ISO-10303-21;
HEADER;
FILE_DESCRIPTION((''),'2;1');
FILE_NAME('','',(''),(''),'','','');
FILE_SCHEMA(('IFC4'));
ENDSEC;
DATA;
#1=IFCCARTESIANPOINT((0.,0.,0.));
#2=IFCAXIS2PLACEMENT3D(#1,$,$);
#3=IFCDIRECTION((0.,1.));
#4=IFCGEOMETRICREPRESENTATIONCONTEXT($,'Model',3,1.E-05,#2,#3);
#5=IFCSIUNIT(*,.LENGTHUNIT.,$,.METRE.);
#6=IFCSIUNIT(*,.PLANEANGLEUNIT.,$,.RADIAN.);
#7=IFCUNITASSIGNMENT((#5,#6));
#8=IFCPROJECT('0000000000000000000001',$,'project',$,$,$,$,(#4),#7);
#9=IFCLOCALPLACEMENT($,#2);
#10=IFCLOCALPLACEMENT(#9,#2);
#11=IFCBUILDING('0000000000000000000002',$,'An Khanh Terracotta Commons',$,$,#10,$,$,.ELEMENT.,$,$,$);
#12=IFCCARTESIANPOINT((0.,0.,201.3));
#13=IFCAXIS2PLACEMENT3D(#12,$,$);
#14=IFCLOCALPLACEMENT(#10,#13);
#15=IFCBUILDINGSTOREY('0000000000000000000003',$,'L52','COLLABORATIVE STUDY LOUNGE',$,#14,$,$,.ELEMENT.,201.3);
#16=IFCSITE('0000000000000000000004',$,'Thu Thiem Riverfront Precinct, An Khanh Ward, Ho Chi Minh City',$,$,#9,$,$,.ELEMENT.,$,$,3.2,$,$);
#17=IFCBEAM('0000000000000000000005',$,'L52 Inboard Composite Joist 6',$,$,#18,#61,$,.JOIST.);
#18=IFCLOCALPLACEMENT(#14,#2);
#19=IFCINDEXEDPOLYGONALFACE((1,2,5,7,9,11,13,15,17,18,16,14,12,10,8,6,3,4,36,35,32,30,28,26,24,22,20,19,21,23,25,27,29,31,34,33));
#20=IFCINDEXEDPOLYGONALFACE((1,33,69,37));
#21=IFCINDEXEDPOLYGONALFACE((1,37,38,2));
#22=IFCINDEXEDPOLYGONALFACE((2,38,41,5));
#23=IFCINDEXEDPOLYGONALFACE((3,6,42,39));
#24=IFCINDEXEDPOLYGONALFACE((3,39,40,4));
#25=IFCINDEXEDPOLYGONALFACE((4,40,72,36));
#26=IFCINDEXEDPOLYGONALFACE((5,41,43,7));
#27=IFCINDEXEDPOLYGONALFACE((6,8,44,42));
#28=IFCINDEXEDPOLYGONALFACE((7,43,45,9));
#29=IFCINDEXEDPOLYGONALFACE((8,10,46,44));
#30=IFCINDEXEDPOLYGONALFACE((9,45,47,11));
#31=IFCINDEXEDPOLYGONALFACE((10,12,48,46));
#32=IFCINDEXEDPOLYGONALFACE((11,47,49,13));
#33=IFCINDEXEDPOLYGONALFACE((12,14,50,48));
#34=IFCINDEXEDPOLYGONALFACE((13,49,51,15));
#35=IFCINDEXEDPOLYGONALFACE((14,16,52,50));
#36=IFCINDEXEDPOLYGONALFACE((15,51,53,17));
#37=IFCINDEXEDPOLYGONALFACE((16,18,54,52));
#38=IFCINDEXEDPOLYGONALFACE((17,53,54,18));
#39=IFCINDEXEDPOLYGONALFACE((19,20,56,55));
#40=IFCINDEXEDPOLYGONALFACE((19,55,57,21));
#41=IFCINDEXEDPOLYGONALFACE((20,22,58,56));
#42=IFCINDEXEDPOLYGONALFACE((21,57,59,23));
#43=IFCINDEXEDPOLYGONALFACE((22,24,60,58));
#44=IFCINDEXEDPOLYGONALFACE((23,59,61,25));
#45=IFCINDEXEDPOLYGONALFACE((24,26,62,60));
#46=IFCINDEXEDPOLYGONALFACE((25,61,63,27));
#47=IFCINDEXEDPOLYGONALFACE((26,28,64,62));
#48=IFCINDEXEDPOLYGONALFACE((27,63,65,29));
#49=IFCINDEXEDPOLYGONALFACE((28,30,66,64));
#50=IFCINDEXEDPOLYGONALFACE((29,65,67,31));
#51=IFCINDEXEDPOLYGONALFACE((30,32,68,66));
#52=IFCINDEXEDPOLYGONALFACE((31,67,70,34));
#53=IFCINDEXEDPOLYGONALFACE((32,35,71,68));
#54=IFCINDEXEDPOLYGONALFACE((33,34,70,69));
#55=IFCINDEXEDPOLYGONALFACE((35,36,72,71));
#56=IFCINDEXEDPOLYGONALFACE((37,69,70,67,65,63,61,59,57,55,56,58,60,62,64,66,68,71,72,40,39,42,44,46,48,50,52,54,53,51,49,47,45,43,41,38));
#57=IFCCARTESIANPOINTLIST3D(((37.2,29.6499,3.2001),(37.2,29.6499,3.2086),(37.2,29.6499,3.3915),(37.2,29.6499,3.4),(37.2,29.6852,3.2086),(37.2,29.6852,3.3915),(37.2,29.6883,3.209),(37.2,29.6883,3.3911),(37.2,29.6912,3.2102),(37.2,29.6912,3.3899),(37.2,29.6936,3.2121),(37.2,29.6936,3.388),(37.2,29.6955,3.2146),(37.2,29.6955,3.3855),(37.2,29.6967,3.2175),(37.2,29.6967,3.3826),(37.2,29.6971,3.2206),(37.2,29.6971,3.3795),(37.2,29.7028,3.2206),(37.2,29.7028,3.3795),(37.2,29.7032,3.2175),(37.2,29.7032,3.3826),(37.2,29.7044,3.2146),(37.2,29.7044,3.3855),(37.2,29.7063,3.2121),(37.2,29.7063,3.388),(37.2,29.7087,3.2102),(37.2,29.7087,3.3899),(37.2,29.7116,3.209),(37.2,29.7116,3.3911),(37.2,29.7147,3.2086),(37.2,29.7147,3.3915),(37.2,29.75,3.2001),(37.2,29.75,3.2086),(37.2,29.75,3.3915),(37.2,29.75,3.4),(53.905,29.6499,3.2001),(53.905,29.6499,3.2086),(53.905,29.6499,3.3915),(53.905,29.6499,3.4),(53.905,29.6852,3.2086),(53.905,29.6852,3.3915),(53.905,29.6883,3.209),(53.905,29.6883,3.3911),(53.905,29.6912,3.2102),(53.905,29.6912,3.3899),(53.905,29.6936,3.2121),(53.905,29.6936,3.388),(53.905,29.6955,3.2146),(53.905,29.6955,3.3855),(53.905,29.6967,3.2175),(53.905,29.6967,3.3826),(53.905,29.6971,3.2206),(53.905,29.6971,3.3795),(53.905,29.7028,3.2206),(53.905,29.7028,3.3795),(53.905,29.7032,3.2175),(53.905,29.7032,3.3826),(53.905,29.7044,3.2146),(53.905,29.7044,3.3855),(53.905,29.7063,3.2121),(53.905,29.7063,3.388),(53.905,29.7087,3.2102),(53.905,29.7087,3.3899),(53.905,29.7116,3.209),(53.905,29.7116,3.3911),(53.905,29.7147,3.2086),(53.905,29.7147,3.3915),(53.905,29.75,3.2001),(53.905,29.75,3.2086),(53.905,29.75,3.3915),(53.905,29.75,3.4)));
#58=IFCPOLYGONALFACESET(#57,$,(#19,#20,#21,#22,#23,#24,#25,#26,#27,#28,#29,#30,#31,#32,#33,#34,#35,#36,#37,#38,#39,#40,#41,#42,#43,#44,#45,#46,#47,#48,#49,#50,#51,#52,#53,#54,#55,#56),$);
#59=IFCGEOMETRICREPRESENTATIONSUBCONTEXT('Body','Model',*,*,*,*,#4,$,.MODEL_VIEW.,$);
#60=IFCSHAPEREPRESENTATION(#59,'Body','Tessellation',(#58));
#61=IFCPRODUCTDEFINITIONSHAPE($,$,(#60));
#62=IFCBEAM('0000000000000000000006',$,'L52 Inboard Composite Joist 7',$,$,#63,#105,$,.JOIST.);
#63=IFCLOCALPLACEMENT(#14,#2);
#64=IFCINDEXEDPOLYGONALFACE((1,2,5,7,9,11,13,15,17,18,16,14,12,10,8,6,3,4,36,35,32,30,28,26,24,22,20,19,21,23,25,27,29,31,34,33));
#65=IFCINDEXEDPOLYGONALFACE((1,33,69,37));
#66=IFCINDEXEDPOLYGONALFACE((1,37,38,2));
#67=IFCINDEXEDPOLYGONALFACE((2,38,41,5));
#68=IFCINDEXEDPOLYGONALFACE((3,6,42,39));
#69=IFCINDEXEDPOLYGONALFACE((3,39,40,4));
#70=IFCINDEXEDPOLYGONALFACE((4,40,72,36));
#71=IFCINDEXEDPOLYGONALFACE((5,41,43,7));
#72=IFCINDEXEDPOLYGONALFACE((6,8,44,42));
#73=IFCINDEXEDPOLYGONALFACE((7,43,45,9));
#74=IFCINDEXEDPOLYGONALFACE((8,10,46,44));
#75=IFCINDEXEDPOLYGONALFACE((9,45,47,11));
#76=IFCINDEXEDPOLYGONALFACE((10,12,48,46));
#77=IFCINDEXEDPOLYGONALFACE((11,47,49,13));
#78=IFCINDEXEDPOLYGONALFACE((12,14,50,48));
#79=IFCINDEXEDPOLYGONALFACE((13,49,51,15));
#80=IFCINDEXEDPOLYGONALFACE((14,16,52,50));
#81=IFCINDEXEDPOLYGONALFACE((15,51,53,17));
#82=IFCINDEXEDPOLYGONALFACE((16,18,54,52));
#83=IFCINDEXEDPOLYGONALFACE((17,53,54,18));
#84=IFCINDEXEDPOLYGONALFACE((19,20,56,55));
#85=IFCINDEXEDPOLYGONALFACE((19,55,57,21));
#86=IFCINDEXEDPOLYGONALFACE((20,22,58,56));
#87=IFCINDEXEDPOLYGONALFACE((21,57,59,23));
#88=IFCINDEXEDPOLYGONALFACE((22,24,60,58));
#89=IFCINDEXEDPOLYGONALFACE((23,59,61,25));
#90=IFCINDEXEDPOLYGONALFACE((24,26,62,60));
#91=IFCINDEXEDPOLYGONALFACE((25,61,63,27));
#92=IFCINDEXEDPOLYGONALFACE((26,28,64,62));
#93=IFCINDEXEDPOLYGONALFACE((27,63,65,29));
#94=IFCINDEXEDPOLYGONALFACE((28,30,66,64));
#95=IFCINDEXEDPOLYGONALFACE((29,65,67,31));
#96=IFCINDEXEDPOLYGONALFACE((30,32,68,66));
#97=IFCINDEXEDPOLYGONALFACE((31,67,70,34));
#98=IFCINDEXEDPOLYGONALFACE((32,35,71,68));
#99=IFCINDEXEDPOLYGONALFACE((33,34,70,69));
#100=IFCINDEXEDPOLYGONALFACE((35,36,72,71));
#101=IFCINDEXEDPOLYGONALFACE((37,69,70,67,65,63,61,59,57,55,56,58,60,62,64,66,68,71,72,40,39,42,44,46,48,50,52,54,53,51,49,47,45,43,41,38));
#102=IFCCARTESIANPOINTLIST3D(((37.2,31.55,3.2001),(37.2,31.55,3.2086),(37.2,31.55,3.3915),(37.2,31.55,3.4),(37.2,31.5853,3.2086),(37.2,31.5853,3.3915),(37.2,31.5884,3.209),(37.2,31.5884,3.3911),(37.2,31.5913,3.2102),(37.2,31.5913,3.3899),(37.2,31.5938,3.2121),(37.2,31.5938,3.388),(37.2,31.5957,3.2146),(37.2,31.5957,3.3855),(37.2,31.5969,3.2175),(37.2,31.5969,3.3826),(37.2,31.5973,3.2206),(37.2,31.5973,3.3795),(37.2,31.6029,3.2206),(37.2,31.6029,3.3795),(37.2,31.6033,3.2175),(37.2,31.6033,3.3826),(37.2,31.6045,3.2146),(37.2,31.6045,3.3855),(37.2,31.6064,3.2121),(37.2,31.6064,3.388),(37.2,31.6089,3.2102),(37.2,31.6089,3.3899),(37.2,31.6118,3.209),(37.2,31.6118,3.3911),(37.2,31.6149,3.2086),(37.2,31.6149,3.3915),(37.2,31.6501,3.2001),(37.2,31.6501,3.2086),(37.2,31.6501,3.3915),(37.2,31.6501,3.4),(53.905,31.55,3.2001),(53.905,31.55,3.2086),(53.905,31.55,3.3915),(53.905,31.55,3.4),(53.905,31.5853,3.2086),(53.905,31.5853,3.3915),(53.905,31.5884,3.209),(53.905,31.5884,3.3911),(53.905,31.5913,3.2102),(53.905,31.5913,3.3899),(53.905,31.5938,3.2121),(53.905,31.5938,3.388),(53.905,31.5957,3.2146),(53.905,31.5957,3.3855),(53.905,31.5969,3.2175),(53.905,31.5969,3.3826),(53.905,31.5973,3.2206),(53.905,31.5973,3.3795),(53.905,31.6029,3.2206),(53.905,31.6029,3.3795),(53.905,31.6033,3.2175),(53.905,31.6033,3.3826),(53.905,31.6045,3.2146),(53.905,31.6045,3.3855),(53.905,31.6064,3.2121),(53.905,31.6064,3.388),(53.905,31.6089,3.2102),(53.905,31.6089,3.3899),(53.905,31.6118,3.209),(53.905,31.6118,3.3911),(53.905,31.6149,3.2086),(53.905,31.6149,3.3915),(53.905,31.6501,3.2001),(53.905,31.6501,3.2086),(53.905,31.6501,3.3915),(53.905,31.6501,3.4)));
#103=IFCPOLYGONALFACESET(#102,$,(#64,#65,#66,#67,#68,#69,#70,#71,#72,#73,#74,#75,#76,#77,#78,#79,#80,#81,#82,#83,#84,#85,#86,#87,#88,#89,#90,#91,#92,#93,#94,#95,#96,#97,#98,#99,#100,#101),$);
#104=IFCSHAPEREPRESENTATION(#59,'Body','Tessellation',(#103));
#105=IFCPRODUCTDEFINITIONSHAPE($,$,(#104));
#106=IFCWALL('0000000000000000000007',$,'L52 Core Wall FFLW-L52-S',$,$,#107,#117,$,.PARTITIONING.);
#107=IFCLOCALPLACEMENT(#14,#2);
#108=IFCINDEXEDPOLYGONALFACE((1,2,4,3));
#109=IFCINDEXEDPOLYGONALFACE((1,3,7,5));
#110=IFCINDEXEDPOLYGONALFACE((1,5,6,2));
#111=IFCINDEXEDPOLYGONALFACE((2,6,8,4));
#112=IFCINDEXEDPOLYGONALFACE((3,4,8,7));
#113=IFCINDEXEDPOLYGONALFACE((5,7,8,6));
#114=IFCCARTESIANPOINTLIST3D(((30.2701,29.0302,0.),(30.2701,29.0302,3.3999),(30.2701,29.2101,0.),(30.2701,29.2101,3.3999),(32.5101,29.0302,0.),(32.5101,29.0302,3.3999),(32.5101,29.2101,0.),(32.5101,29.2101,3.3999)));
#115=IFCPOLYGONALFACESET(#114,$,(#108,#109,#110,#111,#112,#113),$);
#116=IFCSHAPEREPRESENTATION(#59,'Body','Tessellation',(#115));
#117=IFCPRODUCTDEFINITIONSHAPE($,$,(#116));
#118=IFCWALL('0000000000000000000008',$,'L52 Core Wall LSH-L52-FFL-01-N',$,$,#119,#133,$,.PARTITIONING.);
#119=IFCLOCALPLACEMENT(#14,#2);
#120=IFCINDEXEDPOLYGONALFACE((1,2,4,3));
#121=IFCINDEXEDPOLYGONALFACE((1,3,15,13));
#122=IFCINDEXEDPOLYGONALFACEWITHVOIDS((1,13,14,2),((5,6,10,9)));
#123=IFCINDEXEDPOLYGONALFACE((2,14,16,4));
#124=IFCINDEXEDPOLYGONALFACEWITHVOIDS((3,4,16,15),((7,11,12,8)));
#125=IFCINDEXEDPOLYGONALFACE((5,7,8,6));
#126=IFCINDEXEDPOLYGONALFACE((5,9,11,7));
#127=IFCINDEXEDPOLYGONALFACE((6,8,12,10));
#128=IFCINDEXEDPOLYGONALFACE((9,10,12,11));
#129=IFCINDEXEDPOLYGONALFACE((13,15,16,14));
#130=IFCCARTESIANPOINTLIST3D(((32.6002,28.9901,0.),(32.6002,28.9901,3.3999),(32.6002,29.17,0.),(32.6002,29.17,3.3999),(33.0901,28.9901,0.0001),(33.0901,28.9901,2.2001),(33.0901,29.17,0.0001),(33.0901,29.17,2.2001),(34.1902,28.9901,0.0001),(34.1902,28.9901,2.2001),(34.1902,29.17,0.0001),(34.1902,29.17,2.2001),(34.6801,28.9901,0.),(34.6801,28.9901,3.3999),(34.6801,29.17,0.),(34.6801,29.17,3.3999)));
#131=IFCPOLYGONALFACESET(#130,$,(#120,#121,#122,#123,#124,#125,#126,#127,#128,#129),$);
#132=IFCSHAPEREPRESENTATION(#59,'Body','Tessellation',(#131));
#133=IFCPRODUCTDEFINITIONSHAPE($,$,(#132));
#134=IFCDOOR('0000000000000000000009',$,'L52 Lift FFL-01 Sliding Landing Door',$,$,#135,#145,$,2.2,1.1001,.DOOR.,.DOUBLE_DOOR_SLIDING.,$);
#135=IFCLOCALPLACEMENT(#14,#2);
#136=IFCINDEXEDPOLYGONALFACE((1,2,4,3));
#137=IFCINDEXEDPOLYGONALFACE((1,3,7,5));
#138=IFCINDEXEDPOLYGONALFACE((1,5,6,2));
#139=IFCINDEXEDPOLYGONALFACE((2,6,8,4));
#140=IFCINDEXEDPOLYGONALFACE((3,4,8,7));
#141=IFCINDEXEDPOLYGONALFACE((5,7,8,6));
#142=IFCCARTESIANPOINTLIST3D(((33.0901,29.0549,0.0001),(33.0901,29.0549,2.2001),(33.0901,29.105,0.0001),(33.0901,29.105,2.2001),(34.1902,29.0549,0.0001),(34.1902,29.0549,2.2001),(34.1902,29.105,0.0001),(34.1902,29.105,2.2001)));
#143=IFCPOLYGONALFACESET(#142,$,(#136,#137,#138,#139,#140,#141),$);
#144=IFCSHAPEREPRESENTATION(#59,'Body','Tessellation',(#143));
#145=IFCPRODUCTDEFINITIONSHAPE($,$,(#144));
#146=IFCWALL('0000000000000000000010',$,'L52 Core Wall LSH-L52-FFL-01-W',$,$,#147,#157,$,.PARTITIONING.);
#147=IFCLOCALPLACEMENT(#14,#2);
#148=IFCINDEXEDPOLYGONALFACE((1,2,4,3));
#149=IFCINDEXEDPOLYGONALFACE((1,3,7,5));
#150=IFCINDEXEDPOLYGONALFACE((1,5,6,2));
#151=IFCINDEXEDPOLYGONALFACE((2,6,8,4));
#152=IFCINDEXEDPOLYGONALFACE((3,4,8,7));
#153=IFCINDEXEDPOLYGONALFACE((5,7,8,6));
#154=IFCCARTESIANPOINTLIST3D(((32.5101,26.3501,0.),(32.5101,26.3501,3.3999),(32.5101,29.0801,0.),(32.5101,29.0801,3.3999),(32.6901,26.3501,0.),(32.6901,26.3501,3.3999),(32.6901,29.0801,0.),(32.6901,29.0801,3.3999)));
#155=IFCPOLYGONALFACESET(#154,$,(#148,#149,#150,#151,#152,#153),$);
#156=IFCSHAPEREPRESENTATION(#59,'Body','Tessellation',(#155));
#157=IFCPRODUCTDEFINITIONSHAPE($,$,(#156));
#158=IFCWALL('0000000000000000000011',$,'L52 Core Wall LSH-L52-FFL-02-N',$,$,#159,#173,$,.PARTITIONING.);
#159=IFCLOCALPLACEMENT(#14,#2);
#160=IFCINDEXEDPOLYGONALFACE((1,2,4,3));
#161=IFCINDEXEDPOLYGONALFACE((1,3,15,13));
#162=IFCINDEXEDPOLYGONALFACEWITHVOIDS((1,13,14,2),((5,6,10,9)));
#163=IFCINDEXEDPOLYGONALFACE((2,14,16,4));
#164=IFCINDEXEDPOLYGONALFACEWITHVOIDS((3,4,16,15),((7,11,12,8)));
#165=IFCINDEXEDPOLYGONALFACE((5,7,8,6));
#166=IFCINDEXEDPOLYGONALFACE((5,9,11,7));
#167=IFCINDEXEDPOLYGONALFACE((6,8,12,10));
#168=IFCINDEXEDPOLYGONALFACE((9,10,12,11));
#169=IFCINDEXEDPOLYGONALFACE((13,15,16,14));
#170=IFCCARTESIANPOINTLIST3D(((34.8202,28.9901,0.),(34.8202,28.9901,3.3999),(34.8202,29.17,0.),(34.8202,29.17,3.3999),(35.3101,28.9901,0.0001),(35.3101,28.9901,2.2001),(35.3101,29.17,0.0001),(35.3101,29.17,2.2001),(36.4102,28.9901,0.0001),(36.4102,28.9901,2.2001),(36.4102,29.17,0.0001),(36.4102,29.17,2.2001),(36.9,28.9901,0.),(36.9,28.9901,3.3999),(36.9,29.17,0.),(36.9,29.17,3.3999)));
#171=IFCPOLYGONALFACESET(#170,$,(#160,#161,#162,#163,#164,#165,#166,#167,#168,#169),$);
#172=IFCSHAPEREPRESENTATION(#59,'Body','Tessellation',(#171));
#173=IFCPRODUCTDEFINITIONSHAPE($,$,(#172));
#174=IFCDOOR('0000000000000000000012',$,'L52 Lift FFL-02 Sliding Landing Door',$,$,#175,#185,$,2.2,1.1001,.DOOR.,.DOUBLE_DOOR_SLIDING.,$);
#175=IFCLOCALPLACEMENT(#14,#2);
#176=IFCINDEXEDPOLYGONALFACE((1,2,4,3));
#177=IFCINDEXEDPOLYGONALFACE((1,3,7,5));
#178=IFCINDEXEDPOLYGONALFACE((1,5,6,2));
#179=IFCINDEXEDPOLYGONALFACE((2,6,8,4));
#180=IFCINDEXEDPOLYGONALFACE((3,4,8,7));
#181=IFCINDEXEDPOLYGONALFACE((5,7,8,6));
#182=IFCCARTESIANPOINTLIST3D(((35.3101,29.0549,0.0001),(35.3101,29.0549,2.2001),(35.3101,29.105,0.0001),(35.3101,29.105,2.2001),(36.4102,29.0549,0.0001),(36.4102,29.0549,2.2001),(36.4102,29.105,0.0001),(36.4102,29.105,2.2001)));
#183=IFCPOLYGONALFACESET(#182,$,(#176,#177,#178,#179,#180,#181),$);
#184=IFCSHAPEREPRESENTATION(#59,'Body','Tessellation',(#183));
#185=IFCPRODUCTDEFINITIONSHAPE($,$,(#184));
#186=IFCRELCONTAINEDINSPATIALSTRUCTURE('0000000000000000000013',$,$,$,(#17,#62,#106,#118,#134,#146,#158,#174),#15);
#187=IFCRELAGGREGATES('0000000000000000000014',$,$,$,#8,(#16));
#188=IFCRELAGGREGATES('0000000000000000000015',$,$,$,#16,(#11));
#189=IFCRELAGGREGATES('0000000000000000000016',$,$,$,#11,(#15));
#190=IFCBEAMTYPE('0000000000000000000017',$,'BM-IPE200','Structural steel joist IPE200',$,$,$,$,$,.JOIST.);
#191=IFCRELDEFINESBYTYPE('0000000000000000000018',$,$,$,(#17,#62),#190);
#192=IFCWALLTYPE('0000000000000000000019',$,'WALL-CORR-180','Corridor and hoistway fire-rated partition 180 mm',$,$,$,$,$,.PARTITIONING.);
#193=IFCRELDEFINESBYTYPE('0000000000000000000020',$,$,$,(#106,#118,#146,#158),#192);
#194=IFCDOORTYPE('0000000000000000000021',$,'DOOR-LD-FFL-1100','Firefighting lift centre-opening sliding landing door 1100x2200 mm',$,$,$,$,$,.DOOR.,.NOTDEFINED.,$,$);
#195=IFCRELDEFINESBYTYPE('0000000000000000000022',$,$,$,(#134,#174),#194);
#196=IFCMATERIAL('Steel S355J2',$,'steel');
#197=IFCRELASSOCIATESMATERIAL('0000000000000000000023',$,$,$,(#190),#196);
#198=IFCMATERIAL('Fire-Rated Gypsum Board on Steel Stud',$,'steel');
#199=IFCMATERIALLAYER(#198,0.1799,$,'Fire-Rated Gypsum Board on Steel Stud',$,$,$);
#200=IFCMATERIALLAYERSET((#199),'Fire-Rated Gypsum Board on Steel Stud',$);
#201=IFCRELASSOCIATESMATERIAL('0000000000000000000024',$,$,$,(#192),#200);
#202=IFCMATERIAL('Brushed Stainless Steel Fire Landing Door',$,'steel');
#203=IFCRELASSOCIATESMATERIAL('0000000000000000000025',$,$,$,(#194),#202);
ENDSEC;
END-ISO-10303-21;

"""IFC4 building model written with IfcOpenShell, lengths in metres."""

from ifc_helpers import new_model, si_unit, direction, frame, frame_2d, origin, origin_2d, place, context, subcontext, project, spatial, rectangle, i_section, extrude, material, layer, layer_set, material_profile, profile_set, type_object, element, fill, save


model = new_model("IFC4")

# Units and contexts
model_context = context("Model", 3, precision=1e-05, world=origin(), true_north=direction((0.0, 1.0)))
body_context = subcontext(model_context, "Body", "Model", "MODEL_VIEW")
ifc_project = project(units=[si_unit("LENGTHUNIT", "METRE"), si_unit("PLANEANGLEUNIT", "RADIAN")], contexts=[model_context])

# Site, building, storey
site_placement = place(None, origin())
site = spatial("IfcSite", under=ifc_project, at=site_placement, Name="Thu Thiem Riverfront Precinct, An Khanh Ward, Ho Chi Minh City", CompositionType="ELEMENT", RefElevation=3.2)
building_placement = place(site_placement, origin())
building = spatial("IfcBuilding", under=site, at=building_placement, Name="An Khanh Terracotta Commons", CompositionType="ELEMENT")
storey_placement = place(building_placement, frame((0.0, 0.0, 201.3)))
storey = spatial("IfcBuildingStorey", under=building, at=storey_placement, Name="L52", Description="COLLABORATIVE STUDY LOUNGE", CompositionType="ELEMENT", Elevation=201.3)

# Beams
ifc_material_1 = material(Name="Steel S355J2", Category="steel")
ifc_material_profile_1 = material_profile(ifc_material_1, i_section(OverallWidth=0.1001, OverallDepth=0.2, WebThickness=0.0056, FlangeThickness=0.0085, FilletRadius=0.012, at=origin_2d()), Name="IPE200")
ifc_profile_set_1 = profile_set([ifc_material_profile_1], Name="Steel S355J2")
beam_type_1 = type_object("IfcBeamType", Name="BM-IPE200", Description="Structural steel joist IPE200", PredefinedType="JOIST", material=ifc_profile_set_1)
for number, where, z_axis, x_axis, name in (
    (1, (37.2, 29.7, 3.3), (1.0, 0.0, 0.0), (0.0, 1.0, 0.0), "L52 Inboard Composite Joist 6"),
    (2, (37.2, 31.6001, 3.3), (1.0, 0.0, 0.0), (0.0, 1.0, 0.0), "L52 Inboard Composite Joist 7"),
):
    element("IfcBeam", number, at=place(storey_placement, frame(where, z_axis=z_axis, x_axis=x_axis)), inside=storey, type_object=beam_type_1, Name=name, PredefinedType="JOIST", context=body_context, shape_type="SweptSolid", body=[
        extrude(i_section(OverallWidth=0.1001, OverallDepth=0.2, WebThickness=0.0056, FlangeThickness=0.0085, FilletRadius=0.012, at=origin_2d()), origin(), (0.0, 0.0, 1.0), 16.7051),
    ])

# Wall
ifc_material_2 = material(Name="Fire-Rated Gypsum Board on Steel Stud", Category="steel")
ifc_layer_1 = layer(ifc_material_2, 0.1799, Name="Fire-Rated Gypsum Board on Steel Stud")
ifc_layer_set_1 = layer_set([ifc_layer_1], Name="Fire-Rated Gypsum Board on Steel Stud")
wall_type_1 = type_object("IfcWallType", Name="WALL-CORR-180", Description="Corridor and hoistway fire-rated partition 180 mm", PredefinedType="PARTITIONING", material=ifc_layer_set_1)
wall_1_placement = place(storey_placement, frame((30.27, 29.1201, 0.0), z_axis=(0.0, 0.0, 1.0), x_axis=(1.0, 0.0, 0.0)))
element("IfcWall", 3, at=wall_1_placement, inside=storey, type_object=wall_type_1, Name="L52 Core Wall FFLW-L52-S", PredefinedType="PARTITIONING", context=body_context, shape_type="SweptSolid", body=[
    extrude(rectangle(XDim=2.24, YDim=0.1799, at=frame_2d((1.1201, 0.0))), origin(), (0.0, 0.0, 1.0), 3.3999),
])

# Wall, opening, door
wall_2_placement = place(storey_placement, frame((32.6001, 29.0801, 0.0), z_axis=(0.0, 0.0, 1.0), x_axis=(1.0, 0.0, 0.0)))
wall_2 = element("IfcWall", 4, at=wall_2_placement, inside=storey, type_object=wall_type_1, Name="L52 Core Wall LSH-L52-FFL-01-N", PredefinedType="PARTITIONING", context=body_context, shape_type="SweptSolid", body=[
    extrude(rectangle(XDim=2.0798, YDim=0.1799, at=frame_2d((1.04, 0.0))), origin(), (0.0, 0.0, 1.0), 3.3999),
])
opening_1_placement = place(wall_2_placement, frame((0.49, 0.0, 0.0)))
opening_1 = element("IfcOpeningElement", 5, at=opening_1_placement, cuts=wall_2, PredefinedType="OPENING", context=body_context, shape_type="SweptSolid", body=[
    extrude(rectangle(XDim=1.1001, YDim=2.2, at=frame_2d((0.55, 1.1001))), frame((0.0, 0.0999, 0.0), z_axis=(0.0, -1.0, 0.0), x_axis=(1.0, 0.0, 0.0)), (0.0, 0.0, 1.0), 0.2),
])
ifc_material_3 = material(Name="Brushed Stainless Steel Fire Landing Door", Category="steel")
door_type_1 = type_object("IfcDoorType", Name="DOOR-LD-FFL-1100", Description="Firefighting lift centre-opening sliding landing door 1100x2200 mm", OperationType="NOTDEFINED", PredefinedType="DOOR", material=ifc_material_3)
door_1_placement = place(opening_1_placement, origin())
door_1 = element("IfcDoor", 6, at=door_1_placement, inside=storey, type_object=door_type_1, Name="L52 Lift FFL-01 Sliding Landing Door", OperationType="DOUBLE_DOOR_SLIDING", OverallHeight=2.2, OverallWidth=1.1001, PredefinedType="DOOR", context=body_context, shape_type="SweptSolid", body=[
    extrude(rectangle(XDim=1.1001, YDim=2.2, at=frame_2d((0.55, 1.1001))), frame((0.0, 0.0249, 0.0), z_axis=(0.0, -1.0, 0.0), x_axis=(1.0, 0.0, 0.0)), (0.0, 0.0, 1.0), 0.05),
])
fill(opening_1, door_1)

# Wall
wall_3_placement = place(storey_placement, frame((32.6001, 29.0801, 0.0), z_axis=(0.0, 0.0, 1.0), x_axis=(0.0, -1.0, 0.0)))
element("IfcWall", 7, at=wall_3_placement, inside=storey, type_object=wall_type_1, Name="L52 Core Wall LSH-L52-FFL-01-W", PredefinedType="PARTITIONING", context=body_context, shape_type="SweptSolid", body=[
    extrude(rectangle(XDim=2.73, YDim=0.1799, at=frame_2d((1.365, 0.0))), origin(), (0.0, 0.0, 1.0), 3.3999),
])

# Wall, opening, door
wall_4_placement = place(storey_placement, frame((34.8201, 29.0801, 0.0), z_axis=(0.0, 0.0, 1.0), x_axis=(1.0, 0.0, 0.0)))
wall_4 = element("IfcWall", 8, at=wall_4_placement, inside=storey, type_object=wall_type_1, Name="L52 Core Wall LSH-L52-FFL-02-N", PredefinedType="PARTITIONING", context=body_context, shape_type="SweptSolid", body=[
    extrude(rectangle(XDim=2.0798, YDim=0.1799, at=frame_2d((1.04, 0.0))), origin(), (0.0, 0.0, 1.0), 3.3999),
])
opening_2_placement = place(wall_4_placement, frame((0.49, 0.0, 0.0)))
opening_2 = element("IfcOpeningElement", 9, at=opening_2_placement, cuts=wall_4, PredefinedType="OPENING", context=body_context, shape_type="SweptSolid", body=[
    extrude(rectangle(XDim=1.1001, YDim=2.2, at=frame_2d((0.55, 1.1001))), frame((0.0, 0.0999, 0.0), z_axis=(0.0, -1.0, 0.0), x_axis=(1.0, 0.0, 0.0)), (0.0, 0.0, 1.0), 0.2),
])
door_2_placement = place(opening_2_placement, origin())
door_2 = element("IfcDoor", 10, at=door_2_placement, inside=storey, type_object=door_type_1, Name="L52 Lift FFL-02 Sliding Landing Door", OperationType="DOUBLE_DOOR_SLIDING", OverallHeight=2.2, OverallWidth=1.1001, PredefinedType="DOOR", context=body_context, shape_type="SweptSolid", body=[
    extrude(rectangle(XDim=1.1001, YDim=2.2, at=frame_2d((0.55, 1.1001))), frame((0.0, 0.0249, 0.0), z_axis=(0.0, -1.0, 0.0), x_axis=(1.0, 0.0, 0.0)), (0.0, 0.0, 1.0), 0.05),
])
fill(opening_2, door_2)

save(model, "model.ifc")
